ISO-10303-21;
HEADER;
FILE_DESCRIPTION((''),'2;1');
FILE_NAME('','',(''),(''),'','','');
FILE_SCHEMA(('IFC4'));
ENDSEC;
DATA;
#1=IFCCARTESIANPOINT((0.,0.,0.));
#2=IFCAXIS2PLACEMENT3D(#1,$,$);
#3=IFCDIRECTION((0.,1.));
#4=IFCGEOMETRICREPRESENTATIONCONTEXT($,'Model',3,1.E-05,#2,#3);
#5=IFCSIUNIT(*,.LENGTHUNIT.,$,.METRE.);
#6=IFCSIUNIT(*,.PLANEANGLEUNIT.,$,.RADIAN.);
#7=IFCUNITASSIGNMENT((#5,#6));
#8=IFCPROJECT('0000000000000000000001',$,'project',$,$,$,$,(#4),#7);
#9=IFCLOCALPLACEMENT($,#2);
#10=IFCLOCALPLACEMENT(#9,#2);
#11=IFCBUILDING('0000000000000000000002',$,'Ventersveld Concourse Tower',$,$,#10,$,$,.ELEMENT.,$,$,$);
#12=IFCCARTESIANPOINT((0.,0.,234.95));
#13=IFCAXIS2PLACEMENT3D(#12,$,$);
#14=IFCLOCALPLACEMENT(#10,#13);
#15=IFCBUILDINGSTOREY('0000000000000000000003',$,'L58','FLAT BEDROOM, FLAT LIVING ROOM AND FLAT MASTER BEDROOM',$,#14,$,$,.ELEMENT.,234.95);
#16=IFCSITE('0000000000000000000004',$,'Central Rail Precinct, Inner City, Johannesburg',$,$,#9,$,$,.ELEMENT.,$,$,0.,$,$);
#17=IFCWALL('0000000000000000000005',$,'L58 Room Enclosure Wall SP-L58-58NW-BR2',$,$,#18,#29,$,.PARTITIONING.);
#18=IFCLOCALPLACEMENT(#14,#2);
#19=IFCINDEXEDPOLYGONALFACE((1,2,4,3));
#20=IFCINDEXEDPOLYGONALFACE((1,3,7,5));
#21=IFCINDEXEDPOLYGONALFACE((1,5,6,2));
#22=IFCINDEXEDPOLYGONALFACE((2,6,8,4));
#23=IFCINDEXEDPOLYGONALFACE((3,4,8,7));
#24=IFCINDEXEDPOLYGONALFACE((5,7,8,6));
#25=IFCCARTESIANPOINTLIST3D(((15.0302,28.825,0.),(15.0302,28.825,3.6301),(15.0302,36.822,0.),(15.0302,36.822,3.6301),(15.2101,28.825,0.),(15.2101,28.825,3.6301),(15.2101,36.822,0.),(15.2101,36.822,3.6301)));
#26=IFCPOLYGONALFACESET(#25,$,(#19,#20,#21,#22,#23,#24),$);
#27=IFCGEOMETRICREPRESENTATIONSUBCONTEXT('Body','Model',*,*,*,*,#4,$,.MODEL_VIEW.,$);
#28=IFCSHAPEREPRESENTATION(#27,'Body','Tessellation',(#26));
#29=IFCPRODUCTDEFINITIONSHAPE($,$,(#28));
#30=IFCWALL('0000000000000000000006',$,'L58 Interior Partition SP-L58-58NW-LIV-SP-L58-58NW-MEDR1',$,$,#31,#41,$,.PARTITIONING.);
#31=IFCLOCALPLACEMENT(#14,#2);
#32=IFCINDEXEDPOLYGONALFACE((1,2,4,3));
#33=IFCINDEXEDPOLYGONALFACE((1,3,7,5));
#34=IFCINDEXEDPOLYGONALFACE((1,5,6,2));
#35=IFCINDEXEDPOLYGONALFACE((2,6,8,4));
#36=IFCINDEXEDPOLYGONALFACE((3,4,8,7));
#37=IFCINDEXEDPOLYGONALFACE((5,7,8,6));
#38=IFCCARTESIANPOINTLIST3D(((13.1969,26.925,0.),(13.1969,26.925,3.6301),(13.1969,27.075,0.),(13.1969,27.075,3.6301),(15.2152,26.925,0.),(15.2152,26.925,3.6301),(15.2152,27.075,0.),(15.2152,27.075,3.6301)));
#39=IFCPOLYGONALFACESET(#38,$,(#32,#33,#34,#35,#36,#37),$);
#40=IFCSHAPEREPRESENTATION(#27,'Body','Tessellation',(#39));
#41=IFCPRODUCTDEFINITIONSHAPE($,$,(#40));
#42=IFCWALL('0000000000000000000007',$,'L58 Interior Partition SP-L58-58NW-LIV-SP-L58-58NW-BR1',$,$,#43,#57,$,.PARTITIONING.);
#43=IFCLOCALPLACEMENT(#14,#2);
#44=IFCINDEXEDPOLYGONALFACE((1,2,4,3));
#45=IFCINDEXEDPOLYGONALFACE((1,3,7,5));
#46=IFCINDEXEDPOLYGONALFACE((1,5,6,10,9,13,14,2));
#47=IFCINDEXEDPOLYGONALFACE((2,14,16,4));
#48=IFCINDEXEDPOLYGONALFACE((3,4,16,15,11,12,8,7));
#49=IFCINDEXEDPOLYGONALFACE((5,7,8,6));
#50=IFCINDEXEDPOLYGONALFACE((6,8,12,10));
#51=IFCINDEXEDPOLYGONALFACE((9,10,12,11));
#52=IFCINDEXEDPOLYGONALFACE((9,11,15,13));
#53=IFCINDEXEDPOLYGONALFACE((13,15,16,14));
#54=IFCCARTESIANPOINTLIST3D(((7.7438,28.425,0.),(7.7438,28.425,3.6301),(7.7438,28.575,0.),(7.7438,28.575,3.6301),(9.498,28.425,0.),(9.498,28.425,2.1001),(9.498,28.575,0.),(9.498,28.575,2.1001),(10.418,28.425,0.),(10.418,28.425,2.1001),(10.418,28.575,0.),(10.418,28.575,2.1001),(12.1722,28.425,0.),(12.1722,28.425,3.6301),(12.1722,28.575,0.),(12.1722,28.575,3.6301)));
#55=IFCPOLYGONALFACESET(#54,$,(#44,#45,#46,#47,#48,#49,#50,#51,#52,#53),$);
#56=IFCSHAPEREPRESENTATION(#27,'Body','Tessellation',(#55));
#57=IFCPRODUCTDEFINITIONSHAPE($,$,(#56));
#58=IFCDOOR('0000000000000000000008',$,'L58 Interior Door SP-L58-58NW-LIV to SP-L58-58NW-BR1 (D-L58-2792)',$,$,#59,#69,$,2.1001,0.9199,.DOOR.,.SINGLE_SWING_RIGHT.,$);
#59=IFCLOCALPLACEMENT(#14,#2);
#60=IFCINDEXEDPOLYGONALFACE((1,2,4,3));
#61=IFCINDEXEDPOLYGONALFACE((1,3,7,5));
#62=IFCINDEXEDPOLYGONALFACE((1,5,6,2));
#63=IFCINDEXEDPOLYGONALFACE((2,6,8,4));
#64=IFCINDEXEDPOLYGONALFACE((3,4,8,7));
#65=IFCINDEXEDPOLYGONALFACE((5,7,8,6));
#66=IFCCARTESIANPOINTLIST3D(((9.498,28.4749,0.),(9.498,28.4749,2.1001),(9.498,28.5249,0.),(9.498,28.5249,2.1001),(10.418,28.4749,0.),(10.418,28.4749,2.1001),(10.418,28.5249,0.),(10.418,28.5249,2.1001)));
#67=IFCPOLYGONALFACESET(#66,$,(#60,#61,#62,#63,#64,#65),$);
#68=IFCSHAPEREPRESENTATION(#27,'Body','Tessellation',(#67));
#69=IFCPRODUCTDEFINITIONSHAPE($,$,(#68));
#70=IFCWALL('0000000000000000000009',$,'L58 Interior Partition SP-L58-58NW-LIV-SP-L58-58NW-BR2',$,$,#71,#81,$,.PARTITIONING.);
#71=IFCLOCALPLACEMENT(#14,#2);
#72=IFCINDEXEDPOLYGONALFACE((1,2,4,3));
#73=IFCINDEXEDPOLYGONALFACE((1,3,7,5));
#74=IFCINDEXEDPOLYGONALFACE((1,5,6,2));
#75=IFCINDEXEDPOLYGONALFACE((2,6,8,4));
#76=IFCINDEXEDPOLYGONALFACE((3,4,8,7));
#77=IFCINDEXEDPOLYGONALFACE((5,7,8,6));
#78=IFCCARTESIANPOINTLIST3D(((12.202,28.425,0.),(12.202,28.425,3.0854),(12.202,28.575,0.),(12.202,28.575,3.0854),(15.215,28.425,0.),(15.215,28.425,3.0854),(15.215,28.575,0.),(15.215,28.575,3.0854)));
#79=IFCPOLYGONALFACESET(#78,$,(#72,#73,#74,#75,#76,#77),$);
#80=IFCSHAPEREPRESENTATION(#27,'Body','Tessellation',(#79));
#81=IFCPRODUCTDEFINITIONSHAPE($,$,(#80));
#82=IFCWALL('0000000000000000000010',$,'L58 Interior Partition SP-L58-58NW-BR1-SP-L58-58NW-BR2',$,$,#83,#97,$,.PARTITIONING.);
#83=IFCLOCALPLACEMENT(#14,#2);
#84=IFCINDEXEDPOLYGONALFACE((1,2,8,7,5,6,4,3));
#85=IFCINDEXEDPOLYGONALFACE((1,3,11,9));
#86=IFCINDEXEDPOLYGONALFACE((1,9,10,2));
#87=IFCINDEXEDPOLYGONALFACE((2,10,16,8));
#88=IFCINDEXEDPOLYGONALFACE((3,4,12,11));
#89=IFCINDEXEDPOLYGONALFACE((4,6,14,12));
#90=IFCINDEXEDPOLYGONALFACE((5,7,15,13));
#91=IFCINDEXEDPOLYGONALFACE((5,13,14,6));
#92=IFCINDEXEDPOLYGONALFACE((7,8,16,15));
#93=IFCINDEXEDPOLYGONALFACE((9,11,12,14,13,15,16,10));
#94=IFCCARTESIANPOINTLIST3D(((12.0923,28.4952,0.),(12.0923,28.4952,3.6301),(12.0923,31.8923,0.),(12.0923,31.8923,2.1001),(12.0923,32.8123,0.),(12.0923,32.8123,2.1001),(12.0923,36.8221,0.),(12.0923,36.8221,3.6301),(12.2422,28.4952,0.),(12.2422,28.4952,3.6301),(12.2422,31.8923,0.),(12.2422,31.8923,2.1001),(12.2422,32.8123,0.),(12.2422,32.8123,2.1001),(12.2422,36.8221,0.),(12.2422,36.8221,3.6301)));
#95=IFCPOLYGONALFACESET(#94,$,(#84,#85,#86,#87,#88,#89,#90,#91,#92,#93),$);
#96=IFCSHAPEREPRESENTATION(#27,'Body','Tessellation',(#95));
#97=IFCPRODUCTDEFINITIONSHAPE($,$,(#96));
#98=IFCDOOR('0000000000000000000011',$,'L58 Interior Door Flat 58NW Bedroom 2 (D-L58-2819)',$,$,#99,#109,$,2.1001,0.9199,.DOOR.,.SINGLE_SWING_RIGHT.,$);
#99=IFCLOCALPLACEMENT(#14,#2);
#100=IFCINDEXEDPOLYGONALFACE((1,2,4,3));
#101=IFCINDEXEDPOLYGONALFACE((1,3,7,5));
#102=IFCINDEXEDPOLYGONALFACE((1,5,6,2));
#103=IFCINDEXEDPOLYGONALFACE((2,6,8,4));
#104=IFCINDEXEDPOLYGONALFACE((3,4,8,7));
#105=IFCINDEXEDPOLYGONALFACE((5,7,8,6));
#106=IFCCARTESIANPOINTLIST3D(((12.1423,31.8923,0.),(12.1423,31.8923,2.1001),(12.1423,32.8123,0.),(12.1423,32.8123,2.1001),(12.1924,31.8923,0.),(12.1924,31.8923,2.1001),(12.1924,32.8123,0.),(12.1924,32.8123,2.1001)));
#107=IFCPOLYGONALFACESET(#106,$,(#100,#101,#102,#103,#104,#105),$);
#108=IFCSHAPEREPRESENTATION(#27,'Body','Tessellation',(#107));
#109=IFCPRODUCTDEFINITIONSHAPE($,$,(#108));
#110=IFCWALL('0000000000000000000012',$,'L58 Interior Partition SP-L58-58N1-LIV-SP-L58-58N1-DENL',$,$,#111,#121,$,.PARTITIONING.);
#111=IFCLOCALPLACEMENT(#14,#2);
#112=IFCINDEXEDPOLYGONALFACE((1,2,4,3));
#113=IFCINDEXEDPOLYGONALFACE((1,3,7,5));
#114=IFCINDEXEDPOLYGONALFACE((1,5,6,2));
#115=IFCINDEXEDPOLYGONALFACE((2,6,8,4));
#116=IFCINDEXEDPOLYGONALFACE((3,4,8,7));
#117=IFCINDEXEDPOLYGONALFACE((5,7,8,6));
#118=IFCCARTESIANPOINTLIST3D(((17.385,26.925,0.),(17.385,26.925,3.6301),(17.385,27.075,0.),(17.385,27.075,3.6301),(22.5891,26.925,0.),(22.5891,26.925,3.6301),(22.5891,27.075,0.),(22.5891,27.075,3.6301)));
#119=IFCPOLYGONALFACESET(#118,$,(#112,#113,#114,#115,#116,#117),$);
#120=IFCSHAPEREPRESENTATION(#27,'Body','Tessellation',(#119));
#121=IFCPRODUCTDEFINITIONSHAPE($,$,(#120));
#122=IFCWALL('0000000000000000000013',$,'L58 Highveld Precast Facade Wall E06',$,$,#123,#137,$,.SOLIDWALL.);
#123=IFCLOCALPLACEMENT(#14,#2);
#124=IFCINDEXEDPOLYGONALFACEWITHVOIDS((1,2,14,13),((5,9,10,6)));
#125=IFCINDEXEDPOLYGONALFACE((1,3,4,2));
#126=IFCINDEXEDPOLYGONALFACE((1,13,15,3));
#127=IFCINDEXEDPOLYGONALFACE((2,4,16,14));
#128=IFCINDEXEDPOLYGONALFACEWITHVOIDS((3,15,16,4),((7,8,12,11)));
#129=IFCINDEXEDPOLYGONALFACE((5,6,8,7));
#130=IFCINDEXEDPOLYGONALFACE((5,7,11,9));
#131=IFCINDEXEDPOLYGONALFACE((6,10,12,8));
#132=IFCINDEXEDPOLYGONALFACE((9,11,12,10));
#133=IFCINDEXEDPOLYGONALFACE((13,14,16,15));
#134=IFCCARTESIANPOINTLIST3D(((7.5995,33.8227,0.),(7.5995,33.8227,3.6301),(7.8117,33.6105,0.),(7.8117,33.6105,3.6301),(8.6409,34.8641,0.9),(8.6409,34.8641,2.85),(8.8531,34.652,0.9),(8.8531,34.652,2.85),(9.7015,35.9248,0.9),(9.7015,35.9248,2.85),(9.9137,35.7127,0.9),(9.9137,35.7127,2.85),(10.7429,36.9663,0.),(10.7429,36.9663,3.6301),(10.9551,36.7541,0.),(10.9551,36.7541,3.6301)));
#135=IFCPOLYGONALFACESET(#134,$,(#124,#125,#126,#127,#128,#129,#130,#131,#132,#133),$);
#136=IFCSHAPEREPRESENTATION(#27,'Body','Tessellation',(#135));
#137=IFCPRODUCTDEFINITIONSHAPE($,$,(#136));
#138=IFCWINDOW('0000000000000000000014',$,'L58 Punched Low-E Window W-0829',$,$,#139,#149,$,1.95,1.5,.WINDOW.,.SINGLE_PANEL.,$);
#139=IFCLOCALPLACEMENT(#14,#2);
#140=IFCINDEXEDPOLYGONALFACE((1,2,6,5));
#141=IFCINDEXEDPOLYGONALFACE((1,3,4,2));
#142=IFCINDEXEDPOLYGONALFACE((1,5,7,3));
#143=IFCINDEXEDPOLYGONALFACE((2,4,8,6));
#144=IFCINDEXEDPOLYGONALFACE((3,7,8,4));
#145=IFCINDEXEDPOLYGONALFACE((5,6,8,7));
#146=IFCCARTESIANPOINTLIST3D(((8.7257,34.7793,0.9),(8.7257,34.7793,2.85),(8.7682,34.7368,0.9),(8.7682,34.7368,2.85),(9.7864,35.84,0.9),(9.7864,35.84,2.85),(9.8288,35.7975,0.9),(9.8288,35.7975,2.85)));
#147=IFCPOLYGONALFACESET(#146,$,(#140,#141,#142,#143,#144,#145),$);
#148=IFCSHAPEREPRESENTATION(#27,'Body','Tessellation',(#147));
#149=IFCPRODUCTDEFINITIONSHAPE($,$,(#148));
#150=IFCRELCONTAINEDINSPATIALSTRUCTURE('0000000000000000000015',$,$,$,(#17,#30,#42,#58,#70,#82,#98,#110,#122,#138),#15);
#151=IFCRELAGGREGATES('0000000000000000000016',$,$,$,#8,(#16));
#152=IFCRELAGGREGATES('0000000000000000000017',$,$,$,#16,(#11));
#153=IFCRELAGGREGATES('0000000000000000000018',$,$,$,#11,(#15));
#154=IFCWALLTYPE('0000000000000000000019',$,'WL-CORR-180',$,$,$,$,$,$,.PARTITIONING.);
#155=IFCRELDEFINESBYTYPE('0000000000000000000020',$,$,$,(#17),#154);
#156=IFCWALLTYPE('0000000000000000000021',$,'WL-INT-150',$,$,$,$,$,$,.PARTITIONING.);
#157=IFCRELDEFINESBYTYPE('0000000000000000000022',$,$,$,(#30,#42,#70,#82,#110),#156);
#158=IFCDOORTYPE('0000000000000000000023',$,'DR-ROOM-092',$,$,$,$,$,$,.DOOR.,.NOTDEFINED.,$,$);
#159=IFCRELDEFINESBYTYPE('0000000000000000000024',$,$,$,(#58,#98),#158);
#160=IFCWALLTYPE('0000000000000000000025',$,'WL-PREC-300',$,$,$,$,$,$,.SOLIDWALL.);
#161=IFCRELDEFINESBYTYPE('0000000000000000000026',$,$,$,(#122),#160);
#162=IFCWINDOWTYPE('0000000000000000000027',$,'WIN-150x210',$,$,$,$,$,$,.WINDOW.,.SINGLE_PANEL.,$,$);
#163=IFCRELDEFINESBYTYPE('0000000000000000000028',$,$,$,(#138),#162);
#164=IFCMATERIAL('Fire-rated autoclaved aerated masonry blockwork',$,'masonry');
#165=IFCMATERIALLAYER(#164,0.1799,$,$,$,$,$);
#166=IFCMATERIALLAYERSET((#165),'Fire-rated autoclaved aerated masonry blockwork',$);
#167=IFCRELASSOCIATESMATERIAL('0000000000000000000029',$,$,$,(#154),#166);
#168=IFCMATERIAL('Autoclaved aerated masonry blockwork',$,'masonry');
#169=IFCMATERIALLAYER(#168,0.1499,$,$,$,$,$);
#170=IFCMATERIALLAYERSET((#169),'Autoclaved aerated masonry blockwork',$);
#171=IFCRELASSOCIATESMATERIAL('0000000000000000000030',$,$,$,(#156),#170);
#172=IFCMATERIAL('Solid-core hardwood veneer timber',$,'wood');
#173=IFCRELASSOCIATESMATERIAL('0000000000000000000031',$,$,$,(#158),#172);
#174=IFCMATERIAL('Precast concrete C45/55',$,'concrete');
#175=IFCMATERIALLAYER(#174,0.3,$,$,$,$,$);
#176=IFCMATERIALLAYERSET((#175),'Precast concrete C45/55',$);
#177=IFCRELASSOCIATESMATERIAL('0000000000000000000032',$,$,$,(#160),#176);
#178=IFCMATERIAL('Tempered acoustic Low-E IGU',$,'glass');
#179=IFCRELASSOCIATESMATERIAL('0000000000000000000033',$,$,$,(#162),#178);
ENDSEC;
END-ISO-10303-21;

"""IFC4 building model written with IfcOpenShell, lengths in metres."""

from ifc_helpers import new_model, si_unit, direction, frame, frame_2d, origin, place, context, subcontext, project, spatial, rectangle, extrude, material, layer, layer_set, type_object, element, fill, save


model = new_model("IFC4")

# Units and contexts
model_context = context("Model", 3, precision=1e-05, world=origin(), true_north=direction((0.0, 1.0)))
body_context = subcontext(model_context, "Body", "Model", "MODEL_VIEW")
ifc_project = project(units=[si_unit("LENGTHUNIT", "METRE"), si_unit("PLANEANGLEUNIT", "RADIAN")], contexts=[model_context])

# Site, building, storey
site_placement = place(None, origin())
site = spatial("IfcSite", under=ifc_project, at=site_placement, Name="Central Rail Precinct, Inner City, Johannesburg", CompositionType="ELEMENT", RefElevation=0.0)
building_placement = place(site_placement, origin())
building = spatial("IfcBuilding", under=site, at=building_placement, Name="Ventersveld Concourse Tower", CompositionType="ELEMENT")
storey_placement = place(building_placement, frame((0.0, 0.0, 234.95)))
storey = spatial("IfcBuildingStorey", under=building, at=storey_placement, Name="L58", Description="FLAT BEDROOM, FLAT LIVING ROOM AND FLAT MASTER BEDROOM", CompositionType="ELEMENT", Elevation=234.95)

# Walls
ifc_material_1 = material(Name="Fire-rated autoclaved aerated masonry blockwork", Category="masonry")
ifc_layer_1 = layer(ifc_material_1, 0.1799)
ifc_layer_set_1 = layer_set([ifc_layer_1], Name="Fire-rated autoclaved aerated masonry blockwork")
wall_type_1 = type_object("IfcWallType", Name="WL-CORR-180", PredefinedType="PARTITIONING", material=ifc_layer_set_1)
wall_1_placement = place(storey_placement, frame((15.1201, 36.822, 0.0), z_axis=(0.0, 0.0, 1.0), x_axis=(0.0, -1.0, 0.0)))
element("IfcWall", 1, at=wall_1_placement, inside=storey, type_object=wall_type_1, Name="L58 Room Enclosure Wall SP-L58-58NW-BR2", PredefinedType="PARTITIONING", context=body_context, shape_type="SweptSolid", body=[
    extrude(rectangle(XDim=7.9971, YDim=0.1799, at=frame_2d((3.9985, 0.0))), origin(), (0.0, 0.0, 1.0), 3.6301),
])
ifc_material_2 = material(Name="Autoclaved aerated masonry blockwork", Category="masonry")
ifc_layer_2 = layer(ifc_material_2, 0.1499)
ifc_layer_set_2 = layer_set([ifc_layer_2], Name="Autoclaved aerated masonry blockwork")
wall_type_2 = type_object("IfcWallType", Name="WL-INT-150", PredefinedType="PARTITIONING", material=ifc_layer_set_2)
wall_2_placement = place(storey_placement, frame((13.1968, 27.0, 0.0), z_axis=(0.0, 0.0, 1.0), x_axis=(1.0, 0.0, 0.0)))
element("IfcWall", 2, at=wall_2_placement, inside=storey, type_object=wall_type_2, Name="L58 Interior Partition SP-L58-58NW-LIV-SP-L58-58NW-MEDR1", PredefinedType="PARTITIONING", context=body_context, shape_type="SweptSolid", body=[
    extrude(rectangle(XDim=2.0183, YDim=0.1499, at=frame_2d((1.0093, 0.0))), origin(), (0.0, 0.0, 1.0), 3.6301),
])

# Wall, opening, door
wall_3_placement = place(storey_placement, frame((7.7437, 28.5, 0.0), z_axis=(0.0, 0.0, 1.0), x_axis=(1.0, 0.0, 0.0)))
wall_3 = element("IfcWall", 3, at=wall_3_placement, inside=storey, type_object=wall_type_2, Name="L58 Interior Partition SP-L58-58NW-LIV-SP-L58-58NW-BR1", PredefinedType="PARTITIONING", context=body_context, shape_type="SweptSolid", body=[
    extrude(rectangle(XDim=4.4285, YDim=0.1499, at=frame_2d((2.2144, 0.0))), origin(), (0.0, 0.0, 1.0), 3.6301),
])
opening_1_placement = place(wall_3_placement, frame((1.7544, 0.0, 0.0)))
opening_1 = element("IfcOpeningElement", 4, at=opening_1_placement, cuts=wall_3, PredefinedType="OPENING", context=body_context, shape_type="SweptSolid", body=[
    extrude(rectangle(XDim=0.9199, YDim=2.1001, at=frame_2d((0.46, 1.05))), frame((0.0, 0.085, 0.0), z_axis=(0.0, -1.0, 0.0), x_axis=(1.0, 0.0, 0.0)), (0.0, 0.0, 1.0), 0.1699),
])
ifc_material_3 = material(Name="Solid-core hardwood veneer timber", Category="wood")
door_type = type_object("IfcDoorType", Name="DR-ROOM-092", OperationType="NOTDEFINED", PredefinedType="DOOR", material=ifc_material_3)
door_1_placement = place(opening_1_placement, origin())
door_1 = element("IfcDoor", 5, at=door_1_placement, inside=storey, type_object=door_type, Name="L58 Interior Door SP-L58-58NW-LIV to SP-L58-58NW-BR1 (D-L58-2792)", OperationType="SINGLE_SWING_RIGHT", OverallHeight=2.1001, OverallWidth=0.9199, PredefinedType="DOOR", context=body_context, shape_type="SweptSolid", body=[
    extrude(rectangle(XDim=0.9199, YDim=2.1001, at=frame_2d((0.46, 1.05))), frame((0.0, 0.0249, 0.0), z_axis=(0.0, -1.0, 0.0), x_axis=(1.0, 0.0, 0.0)), (0.0, 0.0, 1.0), 0.05),
])
fill(opening_1, door_1)

# Wall
wall_4_placement = place(storey_placement, frame((12.2021, 28.5, 0.0), z_axis=(0.0, 0.0, 1.0), x_axis=(1.0, 0.0, 0.0)))
element("IfcWall", 6, at=wall_4_placement, inside=storey, type_object=wall_type_2, Name="L58 Interior Partition SP-L58-58NW-LIV-SP-L58-58NW-BR2", PredefinedType="PARTITIONING", context=body_context, shape_type="SweptSolid", body=[
    extrude(rectangle(XDim=3.0129, YDim=0.1499, at=frame_2d((1.5063, 0.0))), origin(), (0.0, 0.0, 1.0), 3.0854),
])

# Wall, opening, door
wall_5_placement = place(storey_placement, frame((12.1672, 28.4951, 0.0), z_axis=(0.0, 0.0, 1.0), x_axis=(0.0, 1.0, 0.0)))
wall_5 = element("IfcWall", 7, at=wall_5_placement, inside=storey, type_object=wall_type_2, Name="L58 Interior Partition SP-L58-58NW-BR1-SP-L58-58NW-BR2", PredefinedType="PARTITIONING", context=body_context, shape_type="SweptSolid", body=[
    extrude(rectangle(XDim=8.3269, YDim=0.1499, at=frame_2d((4.1636, 0.0))), origin(), (0.0, 0.0, 1.0), 3.6301),
])
opening_2_placement = place(wall_5_placement, frame((3.3972, 0.0, 0.0)))
opening_2 = element("IfcOpeningElement", 8, at=opening_2_placement, cuts=wall_5, PredefinedType="OPENING", context=body_context, shape_type="SweptSolid", body=[
    extrude(rectangle(XDim=0.9199, YDim=2.1001, at=frame_2d((0.46, 1.05))), frame((0.0, 0.085, 0.0), z_axis=(0.0, -1.0, 0.0), x_axis=(1.0, 0.0, 0.0)), (0.0, 0.0, 1.0), 0.1699),
])
door_2_placement = place(opening_2_placement, origin())
door_2 = element("IfcDoor", 9, at=door_2_placement, inside=storey, type_object=door_type, Name="L58 Interior Door Flat 58NW Bedroom 2 (D-L58-2819)", OperationType="SINGLE_SWING_RIGHT", OverallHeight=2.1001, OverallWidth=0.9199, PredefinedType="DOOR", context=body_context, shape_type="SweptSolid", body=[
    extrude(rectangle(XDim=0.9199, YDim=2.1001, at=frame_2d((0.46, 1.05))), frame((0.0, 0.0249, 0.0), z_axis=(0.0, -1.0, 0.0), x_axis=(1.0, 0.0, 0.0)), (0.0, 0.0, 1.0), 0.05),
])
fill(opening_2, door_2)

# Wall
wall_6_placement = place(storey_placement, frame((17.385, 27.0, 0.0), z_axis=(0.0, 0.0, 1.0), x_axis=(1.0, 0.0, 0.0)))
element("IfcWall", 10, at=wall_6_placement, inside=storey, type_object=wall_type_2, Name="L58 Interior Partition SP-L58-58N1-LIV-SP-L58-58N1-DENL", PredefinedType="PARTITIONING", context=body_context, shape_type="SweptSolid", body=[
    extrude(rectangle(XDim=5.2041, YDim=0.1499, at=frame_2d((2.6021, 0.0))), origin(), (0.0, 0.0, 1.0), 3.6301),
])

# Wall, opening, window
ifc_material_4 = material(Name="Precast concrete C45/55", Category="concrete")
ifc_layer_3 = layer(ifc_material_4, 0.3)
ifc_layer_set_3 = layer_set([ifc_layer_3], Name="Precast concrete C45/55")
wall_type_3 = type_object("IfcWallType", Name="WL-PREC-300", PredefinedType="SOLIDWALL", material=ifc_layer_set_3)
wall_7_placement = place(storey_placement, frame((10.8489, 36.8601, 0.0), z_axis=(0.0, 0.0, 1.0), x_axis=(-0.707079, -0.707134, 0.0)))
wall_7 = element("IfcWall", 11, at=wall_7_placement, inside=storey, type_object=wall_type_3, Name="L58 Highveld Precast Facade Wall E06", PredefinedType="SOLIDWALL", context=body_context, shape_type="SweptSolid", body=[
    extrude(rectangle(XDim=4.4456, YDim=0.3, at=frame_2d((2.2227, 0.0))), origin(), (0.0, 0.0, 1.0), 3.6301),
])
opening_3_placement = place(wall_7_placement, frame((1.4727, 0.0, 0.8999)))
opening_3 = element("IfcOpeningElement", 12, at=opening_3_placement, cuts=wall_7, PredefinedType="OPENING", context=body_context, shape_type="SweptSolid", body=[
    extrude(rectangle(XDim=1.5, YDim=1.95, at=frame_2d((0.75, 0.9751))), frame((0.0, 0.1602, 0.0), z_axis=(0.0, -1.0, 0.0), x_axis=(1.0, 0.0, 0.0)), (0.0, 0.0, 1.0), 0.3201),
])
ifc_material_5 = material(Name="Tempered acoustic Low-E IGU", Category="glass")
window_type_1 = type_object("IfcWindowType", Name="WIN-150x210", PartitioningType="SINGLE_PANEL", PredefinedType="WINDOW", material=ifc_material_5)
window_1_placement = place(opening_3_placement, origin())
window_1 = element("IfcWindow", 13, at=window_1_placement, inside=storey, type_object=window_type_1, Name="L58 Punched Low-E Window W-0829", OverallHeight=1.95, OverallWidth=1.5, PartitioningType="SINGLE_PANEL", PredefinedType="WINDOW", context=body_context, shape_type="SweptSolid", body=[
    extrude(rectangle(XDim=1.5, YDim=1.95, at=frame_2d((0.75, 0.9751))), frame((0.0, 0.03, 0.0), z_axis=(0.0, -1.0, 0.0), x_axis=(1.0, 0.0, 0.0)), (0.0, 0.0, 1.0), 0.0601),
])
fill(opening_3, window_1)

save(model, "model.ifc")
